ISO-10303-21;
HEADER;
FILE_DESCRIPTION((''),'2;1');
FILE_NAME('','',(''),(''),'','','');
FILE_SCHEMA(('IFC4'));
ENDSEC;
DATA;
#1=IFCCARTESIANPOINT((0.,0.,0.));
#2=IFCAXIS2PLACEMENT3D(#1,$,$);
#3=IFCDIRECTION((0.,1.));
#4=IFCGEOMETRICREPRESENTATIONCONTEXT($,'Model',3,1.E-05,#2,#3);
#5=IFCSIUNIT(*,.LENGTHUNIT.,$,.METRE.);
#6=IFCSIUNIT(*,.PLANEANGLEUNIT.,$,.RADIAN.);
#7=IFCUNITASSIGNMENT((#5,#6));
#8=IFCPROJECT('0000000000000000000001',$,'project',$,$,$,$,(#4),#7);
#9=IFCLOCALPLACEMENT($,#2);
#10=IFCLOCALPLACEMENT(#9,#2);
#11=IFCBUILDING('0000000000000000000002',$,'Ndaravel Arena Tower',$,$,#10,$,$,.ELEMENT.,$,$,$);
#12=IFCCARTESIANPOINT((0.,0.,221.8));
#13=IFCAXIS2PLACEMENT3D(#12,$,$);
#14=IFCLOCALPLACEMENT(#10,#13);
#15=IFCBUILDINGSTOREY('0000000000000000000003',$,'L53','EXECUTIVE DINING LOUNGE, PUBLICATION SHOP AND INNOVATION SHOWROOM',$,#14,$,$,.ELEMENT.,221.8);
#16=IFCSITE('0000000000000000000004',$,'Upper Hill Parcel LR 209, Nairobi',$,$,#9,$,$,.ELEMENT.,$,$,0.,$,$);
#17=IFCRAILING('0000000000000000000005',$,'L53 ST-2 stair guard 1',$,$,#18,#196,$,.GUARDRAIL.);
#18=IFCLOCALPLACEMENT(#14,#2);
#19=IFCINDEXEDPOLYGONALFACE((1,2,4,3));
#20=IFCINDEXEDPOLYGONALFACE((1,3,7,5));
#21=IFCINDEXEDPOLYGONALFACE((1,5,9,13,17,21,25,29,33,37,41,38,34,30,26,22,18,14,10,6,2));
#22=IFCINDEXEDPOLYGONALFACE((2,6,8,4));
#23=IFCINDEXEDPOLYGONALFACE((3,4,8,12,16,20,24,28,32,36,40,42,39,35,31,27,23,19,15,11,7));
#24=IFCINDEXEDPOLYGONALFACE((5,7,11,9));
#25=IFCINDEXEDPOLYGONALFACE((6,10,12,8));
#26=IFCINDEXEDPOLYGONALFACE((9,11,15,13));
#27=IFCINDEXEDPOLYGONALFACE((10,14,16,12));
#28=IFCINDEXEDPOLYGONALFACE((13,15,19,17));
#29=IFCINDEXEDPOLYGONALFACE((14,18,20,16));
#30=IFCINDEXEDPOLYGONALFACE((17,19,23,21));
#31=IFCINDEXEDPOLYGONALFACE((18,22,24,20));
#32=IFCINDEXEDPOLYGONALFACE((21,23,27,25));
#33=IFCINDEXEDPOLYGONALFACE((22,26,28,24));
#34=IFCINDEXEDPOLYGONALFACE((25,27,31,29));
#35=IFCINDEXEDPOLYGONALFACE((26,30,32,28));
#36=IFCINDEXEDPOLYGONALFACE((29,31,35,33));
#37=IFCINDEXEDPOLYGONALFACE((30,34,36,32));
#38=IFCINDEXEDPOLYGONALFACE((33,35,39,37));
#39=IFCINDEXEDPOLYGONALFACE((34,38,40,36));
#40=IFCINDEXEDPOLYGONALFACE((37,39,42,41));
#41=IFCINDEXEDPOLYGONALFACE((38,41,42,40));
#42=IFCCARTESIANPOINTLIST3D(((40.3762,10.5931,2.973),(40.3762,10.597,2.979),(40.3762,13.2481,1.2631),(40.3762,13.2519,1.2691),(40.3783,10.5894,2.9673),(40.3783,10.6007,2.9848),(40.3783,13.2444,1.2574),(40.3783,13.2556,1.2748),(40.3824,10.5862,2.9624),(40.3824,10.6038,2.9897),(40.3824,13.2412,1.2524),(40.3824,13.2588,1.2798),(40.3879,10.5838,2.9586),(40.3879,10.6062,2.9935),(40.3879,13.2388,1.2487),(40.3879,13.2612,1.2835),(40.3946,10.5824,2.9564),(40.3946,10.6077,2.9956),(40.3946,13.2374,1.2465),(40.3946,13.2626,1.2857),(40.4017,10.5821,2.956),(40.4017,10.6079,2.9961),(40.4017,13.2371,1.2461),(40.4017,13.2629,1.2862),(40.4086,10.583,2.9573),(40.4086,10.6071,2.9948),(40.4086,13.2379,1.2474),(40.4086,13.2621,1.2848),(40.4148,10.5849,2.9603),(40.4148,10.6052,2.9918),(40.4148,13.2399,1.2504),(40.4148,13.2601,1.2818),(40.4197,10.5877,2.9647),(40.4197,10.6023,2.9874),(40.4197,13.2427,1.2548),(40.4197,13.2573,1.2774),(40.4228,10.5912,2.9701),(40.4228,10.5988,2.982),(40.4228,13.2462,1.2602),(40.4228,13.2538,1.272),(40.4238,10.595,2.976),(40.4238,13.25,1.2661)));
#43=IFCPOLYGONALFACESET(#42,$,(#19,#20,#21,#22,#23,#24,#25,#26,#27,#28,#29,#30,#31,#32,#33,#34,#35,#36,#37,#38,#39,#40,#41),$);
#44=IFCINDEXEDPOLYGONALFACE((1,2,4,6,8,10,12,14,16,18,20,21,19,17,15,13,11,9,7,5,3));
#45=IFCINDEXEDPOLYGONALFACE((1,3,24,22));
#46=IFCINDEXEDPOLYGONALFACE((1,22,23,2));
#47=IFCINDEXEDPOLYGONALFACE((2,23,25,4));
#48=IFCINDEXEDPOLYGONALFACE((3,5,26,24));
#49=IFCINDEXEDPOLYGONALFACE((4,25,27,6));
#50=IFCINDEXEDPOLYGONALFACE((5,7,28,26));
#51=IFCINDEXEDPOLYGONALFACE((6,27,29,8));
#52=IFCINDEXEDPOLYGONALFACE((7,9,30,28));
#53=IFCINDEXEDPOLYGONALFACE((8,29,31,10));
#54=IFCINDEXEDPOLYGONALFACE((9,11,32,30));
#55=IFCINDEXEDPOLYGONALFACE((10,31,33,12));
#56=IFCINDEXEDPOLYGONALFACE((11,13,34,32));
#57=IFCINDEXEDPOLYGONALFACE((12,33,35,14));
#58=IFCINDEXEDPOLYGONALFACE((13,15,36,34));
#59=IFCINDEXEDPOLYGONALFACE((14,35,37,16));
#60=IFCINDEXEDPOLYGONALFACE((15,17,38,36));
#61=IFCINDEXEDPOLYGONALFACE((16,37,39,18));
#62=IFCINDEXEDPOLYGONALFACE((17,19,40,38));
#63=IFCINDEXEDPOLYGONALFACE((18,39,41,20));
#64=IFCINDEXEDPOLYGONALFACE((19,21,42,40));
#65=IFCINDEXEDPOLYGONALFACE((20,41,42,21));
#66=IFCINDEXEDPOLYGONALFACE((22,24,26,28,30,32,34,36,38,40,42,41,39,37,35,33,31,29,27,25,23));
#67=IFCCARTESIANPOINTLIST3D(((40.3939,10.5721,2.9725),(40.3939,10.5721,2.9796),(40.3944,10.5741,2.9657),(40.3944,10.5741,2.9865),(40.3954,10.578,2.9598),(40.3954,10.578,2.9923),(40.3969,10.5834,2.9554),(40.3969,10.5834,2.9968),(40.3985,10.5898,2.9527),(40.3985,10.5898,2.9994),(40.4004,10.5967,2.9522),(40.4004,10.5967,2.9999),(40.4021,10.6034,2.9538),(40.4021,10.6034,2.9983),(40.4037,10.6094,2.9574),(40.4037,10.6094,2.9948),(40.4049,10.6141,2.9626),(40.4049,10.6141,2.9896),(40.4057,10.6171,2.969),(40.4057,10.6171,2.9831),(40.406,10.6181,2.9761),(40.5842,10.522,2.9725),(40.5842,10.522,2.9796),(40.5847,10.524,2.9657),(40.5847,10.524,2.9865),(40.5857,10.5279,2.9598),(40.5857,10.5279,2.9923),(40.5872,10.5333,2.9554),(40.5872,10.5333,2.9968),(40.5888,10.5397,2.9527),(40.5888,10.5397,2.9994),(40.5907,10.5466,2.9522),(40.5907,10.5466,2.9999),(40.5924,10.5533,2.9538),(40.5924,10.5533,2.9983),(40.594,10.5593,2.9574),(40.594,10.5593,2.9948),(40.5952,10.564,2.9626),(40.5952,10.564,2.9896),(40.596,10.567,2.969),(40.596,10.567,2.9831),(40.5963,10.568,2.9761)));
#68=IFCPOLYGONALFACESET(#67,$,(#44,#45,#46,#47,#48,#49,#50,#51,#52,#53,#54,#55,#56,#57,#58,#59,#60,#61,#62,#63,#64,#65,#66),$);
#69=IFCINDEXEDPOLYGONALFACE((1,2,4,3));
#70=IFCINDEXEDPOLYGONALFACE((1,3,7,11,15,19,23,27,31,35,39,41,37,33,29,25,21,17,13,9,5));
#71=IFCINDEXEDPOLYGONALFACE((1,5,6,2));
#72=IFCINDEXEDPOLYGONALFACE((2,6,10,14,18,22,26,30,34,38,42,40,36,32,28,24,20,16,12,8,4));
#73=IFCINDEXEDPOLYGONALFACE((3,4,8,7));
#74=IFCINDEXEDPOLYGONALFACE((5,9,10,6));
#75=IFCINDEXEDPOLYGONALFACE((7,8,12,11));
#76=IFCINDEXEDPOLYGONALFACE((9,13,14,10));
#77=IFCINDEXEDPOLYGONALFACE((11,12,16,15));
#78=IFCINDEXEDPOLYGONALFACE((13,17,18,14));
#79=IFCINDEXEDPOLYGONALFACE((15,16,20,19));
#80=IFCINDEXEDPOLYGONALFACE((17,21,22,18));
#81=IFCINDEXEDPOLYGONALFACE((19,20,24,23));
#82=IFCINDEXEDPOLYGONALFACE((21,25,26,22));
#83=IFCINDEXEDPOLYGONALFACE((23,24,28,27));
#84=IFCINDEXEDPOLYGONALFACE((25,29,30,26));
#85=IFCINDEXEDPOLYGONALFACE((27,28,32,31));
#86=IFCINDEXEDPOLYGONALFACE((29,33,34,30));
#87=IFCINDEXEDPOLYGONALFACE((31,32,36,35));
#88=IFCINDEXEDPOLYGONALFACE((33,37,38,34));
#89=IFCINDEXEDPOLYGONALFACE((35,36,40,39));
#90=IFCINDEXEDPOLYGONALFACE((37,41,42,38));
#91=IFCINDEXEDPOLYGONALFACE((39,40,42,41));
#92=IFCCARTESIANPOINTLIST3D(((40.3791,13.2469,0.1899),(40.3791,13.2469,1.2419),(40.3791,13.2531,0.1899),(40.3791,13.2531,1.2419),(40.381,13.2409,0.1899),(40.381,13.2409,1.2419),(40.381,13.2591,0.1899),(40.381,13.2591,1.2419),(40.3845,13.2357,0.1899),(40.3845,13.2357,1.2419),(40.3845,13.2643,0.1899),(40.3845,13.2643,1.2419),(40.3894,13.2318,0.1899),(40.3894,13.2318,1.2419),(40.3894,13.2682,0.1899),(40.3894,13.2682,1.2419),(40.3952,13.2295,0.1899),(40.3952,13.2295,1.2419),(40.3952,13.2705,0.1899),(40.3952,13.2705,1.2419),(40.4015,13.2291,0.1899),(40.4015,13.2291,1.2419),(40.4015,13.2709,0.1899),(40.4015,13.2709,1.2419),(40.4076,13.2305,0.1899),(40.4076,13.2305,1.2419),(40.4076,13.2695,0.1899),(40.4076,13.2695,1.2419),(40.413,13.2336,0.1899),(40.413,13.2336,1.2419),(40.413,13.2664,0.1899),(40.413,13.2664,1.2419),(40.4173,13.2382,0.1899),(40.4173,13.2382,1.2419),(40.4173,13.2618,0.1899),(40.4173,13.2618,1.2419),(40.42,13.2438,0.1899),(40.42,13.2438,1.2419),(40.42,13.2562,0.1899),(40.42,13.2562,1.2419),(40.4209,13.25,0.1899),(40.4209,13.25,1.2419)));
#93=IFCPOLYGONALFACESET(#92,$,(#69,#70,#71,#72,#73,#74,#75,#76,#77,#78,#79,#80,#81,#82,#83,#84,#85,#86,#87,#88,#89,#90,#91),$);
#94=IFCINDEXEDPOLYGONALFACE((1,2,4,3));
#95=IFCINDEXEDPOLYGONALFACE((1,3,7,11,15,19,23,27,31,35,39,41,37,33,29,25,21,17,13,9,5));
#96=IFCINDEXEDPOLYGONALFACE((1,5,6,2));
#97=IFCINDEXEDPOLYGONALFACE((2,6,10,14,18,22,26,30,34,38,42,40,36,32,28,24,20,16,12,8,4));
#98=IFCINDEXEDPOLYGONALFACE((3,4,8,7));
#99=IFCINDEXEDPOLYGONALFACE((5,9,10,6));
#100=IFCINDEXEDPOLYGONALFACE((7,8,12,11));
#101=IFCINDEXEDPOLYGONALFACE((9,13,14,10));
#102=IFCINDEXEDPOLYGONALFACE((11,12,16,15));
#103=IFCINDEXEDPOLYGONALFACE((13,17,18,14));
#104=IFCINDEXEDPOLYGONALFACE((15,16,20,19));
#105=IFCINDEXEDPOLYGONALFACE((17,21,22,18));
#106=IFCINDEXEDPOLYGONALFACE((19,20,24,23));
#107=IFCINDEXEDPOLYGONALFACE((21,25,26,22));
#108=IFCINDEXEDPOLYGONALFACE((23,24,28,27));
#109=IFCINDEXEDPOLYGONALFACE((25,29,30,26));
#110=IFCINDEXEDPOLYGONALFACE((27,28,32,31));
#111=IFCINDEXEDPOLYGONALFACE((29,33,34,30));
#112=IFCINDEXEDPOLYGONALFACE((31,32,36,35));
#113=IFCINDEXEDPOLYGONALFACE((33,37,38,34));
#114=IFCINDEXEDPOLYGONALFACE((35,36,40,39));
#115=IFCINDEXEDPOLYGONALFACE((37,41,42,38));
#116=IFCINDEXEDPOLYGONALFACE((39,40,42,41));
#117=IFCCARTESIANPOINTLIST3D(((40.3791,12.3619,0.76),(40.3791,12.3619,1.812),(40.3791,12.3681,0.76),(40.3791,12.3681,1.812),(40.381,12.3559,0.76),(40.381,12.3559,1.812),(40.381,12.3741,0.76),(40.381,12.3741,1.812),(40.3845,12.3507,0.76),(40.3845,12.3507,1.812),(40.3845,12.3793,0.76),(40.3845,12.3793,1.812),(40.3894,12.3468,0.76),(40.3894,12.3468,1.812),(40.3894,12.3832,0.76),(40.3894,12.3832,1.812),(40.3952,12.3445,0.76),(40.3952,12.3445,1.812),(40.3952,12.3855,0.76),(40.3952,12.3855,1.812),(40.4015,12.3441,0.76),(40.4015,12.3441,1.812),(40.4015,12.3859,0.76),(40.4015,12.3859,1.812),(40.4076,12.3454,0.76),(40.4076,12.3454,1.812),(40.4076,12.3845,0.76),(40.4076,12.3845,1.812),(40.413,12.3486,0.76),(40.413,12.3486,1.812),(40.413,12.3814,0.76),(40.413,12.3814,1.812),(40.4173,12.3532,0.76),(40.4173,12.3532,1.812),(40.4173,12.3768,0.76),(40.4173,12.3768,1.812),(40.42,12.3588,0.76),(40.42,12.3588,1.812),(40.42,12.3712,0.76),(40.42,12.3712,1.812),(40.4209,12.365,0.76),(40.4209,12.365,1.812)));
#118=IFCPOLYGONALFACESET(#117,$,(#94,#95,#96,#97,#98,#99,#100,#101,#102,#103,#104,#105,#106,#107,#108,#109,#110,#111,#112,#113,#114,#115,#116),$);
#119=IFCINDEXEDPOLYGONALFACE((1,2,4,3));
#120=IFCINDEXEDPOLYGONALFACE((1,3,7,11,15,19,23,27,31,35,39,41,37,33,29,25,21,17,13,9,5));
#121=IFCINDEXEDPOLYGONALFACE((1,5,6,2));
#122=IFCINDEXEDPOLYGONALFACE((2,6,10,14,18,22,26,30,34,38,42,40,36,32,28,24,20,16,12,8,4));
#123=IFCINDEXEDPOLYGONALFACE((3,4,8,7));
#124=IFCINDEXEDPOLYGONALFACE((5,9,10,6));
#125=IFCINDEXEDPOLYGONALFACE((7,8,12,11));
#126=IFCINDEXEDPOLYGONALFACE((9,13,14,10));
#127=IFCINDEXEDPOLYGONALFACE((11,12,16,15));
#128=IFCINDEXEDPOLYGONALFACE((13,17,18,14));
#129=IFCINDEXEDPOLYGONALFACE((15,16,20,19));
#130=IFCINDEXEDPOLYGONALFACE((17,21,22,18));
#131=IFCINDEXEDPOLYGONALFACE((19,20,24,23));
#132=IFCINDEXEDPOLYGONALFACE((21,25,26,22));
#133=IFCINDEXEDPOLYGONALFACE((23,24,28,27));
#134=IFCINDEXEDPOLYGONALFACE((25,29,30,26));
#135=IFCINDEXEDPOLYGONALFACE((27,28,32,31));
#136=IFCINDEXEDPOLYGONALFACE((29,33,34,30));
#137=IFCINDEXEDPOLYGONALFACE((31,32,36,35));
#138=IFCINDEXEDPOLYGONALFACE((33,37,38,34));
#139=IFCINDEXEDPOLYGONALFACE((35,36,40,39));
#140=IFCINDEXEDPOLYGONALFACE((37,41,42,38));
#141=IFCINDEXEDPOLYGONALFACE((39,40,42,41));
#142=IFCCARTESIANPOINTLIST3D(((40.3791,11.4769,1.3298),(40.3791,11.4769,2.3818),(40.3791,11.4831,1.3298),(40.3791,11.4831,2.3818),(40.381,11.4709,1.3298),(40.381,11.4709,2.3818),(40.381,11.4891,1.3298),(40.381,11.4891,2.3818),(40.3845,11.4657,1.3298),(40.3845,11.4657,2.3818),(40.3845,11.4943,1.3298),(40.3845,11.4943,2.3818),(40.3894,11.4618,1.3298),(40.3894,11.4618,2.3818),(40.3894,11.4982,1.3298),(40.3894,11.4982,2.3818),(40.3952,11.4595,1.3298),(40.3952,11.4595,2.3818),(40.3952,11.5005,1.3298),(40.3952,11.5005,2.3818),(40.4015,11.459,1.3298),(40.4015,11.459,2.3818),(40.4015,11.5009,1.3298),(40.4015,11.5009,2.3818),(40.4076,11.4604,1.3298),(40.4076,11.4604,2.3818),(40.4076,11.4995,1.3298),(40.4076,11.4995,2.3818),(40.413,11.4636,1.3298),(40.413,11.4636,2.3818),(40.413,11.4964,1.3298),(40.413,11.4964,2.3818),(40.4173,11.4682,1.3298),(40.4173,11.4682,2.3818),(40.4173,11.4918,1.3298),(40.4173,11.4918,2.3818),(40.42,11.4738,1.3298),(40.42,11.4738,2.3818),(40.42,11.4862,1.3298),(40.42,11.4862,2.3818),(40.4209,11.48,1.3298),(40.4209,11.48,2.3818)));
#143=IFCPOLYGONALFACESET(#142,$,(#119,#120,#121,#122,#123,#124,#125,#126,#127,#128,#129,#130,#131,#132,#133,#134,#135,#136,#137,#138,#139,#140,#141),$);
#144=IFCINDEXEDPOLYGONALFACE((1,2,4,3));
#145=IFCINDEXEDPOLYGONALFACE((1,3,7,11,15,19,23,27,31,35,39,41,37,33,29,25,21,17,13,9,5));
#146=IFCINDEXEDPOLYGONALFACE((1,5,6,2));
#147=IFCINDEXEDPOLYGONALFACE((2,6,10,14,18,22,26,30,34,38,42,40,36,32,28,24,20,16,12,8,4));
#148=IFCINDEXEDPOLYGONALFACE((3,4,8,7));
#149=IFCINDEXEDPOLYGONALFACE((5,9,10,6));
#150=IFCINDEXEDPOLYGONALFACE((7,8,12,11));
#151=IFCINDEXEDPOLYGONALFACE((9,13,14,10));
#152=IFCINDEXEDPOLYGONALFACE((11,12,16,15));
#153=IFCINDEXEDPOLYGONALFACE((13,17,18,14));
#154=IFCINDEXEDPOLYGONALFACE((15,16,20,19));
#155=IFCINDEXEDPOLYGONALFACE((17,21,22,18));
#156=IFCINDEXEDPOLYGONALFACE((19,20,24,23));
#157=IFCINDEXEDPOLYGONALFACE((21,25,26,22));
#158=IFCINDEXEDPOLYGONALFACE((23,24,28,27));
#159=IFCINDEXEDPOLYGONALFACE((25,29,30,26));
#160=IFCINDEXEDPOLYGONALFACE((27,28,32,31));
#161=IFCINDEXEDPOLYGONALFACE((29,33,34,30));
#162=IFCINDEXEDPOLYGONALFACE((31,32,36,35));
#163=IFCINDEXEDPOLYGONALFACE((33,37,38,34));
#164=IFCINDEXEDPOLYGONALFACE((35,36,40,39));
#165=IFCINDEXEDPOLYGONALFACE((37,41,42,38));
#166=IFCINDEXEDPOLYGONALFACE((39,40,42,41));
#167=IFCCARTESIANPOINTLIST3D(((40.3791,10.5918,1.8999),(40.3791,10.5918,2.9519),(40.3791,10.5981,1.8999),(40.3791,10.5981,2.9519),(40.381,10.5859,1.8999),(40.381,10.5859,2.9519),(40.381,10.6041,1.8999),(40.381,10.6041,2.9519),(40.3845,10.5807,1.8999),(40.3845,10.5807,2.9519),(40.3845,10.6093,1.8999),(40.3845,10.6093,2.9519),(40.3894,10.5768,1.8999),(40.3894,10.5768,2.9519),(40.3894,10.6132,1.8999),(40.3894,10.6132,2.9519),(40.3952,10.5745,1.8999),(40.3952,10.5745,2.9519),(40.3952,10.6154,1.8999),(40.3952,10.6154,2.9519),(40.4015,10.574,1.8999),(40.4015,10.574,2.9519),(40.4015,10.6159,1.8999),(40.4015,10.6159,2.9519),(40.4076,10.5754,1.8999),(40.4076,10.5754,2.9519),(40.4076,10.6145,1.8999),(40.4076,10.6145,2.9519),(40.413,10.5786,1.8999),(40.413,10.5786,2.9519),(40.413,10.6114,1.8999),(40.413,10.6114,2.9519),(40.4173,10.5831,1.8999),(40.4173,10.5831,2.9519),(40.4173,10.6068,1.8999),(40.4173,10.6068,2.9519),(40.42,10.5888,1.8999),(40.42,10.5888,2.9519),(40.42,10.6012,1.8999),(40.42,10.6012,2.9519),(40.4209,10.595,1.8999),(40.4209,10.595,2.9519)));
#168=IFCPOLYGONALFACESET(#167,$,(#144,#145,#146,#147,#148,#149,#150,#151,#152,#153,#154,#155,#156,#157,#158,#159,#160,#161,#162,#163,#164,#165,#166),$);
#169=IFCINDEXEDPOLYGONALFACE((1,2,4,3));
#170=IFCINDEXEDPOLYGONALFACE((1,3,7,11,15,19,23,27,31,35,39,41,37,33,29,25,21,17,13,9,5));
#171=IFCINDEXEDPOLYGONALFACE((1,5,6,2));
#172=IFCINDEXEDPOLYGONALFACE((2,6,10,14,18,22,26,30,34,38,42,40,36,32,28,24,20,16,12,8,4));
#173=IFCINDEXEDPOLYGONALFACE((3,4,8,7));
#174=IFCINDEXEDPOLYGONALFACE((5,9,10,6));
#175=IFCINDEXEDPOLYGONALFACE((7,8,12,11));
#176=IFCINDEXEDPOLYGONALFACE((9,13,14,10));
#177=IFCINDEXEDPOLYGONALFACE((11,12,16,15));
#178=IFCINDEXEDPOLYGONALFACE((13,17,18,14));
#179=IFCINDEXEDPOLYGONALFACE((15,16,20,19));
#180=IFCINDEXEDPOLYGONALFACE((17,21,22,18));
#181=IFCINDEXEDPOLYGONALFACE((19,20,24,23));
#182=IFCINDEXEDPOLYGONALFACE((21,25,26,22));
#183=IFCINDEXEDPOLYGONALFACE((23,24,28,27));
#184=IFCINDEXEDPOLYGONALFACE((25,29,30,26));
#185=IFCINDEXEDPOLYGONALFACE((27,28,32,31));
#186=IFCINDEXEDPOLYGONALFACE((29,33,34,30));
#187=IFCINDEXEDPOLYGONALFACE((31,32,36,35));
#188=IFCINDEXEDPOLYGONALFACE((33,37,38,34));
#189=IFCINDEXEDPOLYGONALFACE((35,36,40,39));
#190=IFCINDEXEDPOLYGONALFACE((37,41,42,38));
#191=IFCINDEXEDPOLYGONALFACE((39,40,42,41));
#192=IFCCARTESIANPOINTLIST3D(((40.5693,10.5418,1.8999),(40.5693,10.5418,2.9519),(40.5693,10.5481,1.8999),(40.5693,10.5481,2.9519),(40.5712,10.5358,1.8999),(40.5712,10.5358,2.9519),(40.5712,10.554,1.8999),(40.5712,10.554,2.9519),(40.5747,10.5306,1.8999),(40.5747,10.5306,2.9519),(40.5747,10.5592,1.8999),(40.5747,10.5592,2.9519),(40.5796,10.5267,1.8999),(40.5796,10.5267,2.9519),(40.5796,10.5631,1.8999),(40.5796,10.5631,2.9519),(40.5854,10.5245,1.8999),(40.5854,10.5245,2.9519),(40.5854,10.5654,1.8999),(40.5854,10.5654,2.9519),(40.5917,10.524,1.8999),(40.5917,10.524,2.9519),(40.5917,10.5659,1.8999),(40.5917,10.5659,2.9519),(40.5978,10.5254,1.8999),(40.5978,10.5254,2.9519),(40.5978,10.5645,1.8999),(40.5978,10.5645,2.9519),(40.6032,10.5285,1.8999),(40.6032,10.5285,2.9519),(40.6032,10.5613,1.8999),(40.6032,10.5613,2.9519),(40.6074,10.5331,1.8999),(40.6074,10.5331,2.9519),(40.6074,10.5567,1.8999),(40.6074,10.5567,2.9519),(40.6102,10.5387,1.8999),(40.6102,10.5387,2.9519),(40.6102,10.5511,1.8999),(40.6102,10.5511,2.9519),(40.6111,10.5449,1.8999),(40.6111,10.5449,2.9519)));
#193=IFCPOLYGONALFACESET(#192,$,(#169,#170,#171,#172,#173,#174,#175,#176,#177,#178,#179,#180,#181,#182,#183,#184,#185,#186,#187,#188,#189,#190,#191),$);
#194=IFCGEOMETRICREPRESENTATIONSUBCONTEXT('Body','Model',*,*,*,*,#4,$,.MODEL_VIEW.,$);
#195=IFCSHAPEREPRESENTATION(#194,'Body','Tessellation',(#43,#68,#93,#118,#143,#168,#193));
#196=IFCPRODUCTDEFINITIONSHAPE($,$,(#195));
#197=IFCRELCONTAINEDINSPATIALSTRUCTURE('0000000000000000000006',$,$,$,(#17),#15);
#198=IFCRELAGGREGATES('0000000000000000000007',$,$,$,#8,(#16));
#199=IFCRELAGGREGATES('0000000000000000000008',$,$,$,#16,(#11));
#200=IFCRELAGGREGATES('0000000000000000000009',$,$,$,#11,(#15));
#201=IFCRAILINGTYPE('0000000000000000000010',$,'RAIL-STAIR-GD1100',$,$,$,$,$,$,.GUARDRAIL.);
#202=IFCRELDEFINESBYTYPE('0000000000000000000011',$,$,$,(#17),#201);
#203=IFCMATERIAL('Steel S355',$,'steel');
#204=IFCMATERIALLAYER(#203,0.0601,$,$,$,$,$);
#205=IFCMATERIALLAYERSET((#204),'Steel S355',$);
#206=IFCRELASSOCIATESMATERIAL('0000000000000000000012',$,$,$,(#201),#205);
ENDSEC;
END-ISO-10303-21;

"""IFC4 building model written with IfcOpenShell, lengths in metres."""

from ifc_helpers import new_model, si_unit, direction, frame, origin, origin_2d, place, context, subcontext, project, spatial, circle, extrude, material, layer, layer_set, type_object, element, save


model = new_model("IFC4")

# Units and contexts
model_context = context("Model", 3, precision=1e-05, world=origin(), true_north=direction((0.0, 1.0)))
body_context = subcontext(model_context, "Body", "Model", "MODEL_VIEW")
ifc_project = project(units=[si_unit("LENGTHUNIT", "METRE"), si_unit("PLANEANGLEUNIT", "RADIAN")], contexts=[model_context])

# Site, building, storey
site_placement = place(None, origin())
site = spatial("IfcSite", under=ifc_project, at=site_placement, Name="Upper Hill Parcel LR 209, Nairobi", CompositionType="ELEMENT", RefElevation=0.0)
building_placement = place(site_placement, origin())
building = spatial("IfcBuilding", under=site, at=building_placement, Name="Ndaravel Arena Tower", CompositionType="ELEMENT")
storey_placement = place(building_placement, frame((0.0, 0.0, 221.8)))
storey = spatial("IfcBuildingStorey", under=building, at=storey_placement, Name="L53", Description="EXECUTIVE DINING LOUNGE, PUBLICATION SHOP AND INNOVATION SHOWROOM", CompositionType="ELEMENT", Elevation=221.8)

# Railing
ifc_material_1 = material(Name="Steel S355", Category="steel")
ifc_layer_1 = layer(ifc_material_1, 0.0601)
ifc_layer_set_1 = layer_set([ifc_layer_1], Name="Steel S355")
railing_type_1 = type_object("IfcRailingType", Name="RAIL-STAIR-GD1100", PredefinedType="GUARDRAIL", material=ifc_layer_set_1)
railing_1_placement = place(storey_placement, frame((40.3999, 13.25, 0.1899)))
element("IfcRailing", 1, at=railing_1_placement, inside=storey, type_object=railing_type_1, Name="L53 ST-2 stair guard 1", PredefinedType="GUARDRAIL", context=body_context, shape_type="SweptSolid", body=[
    extrude(circle(Radius=0.0239, at=origin_2d()), frame((0.0, 0.0, 1.0762), z_axis=(0.0, -0.840724, 0.541465), x_axis=(1.0, 0.0, 0.0)), (0.0, 0.0, 1.0), 3.158),
    extrude(circle(Radius=0.0239, at=origin_2d()), frame((0.0, -2.655, 2.7861), z_axis=(0.967075, -0.254493, 0.0), x_axis=(0.254493, 0.967075, 0.0)), (0.0, 0.0, 1.0), 0.1968),
    extrude(circle(Radius=0.021, at=origin_2d()), origin(), (0.0, 0.0, 1.0), 1.052),
    extrude(circle(Radius=0.021, at=origin_2d()), frame((0.0, -0.885, 0.5701)), (0.0, 0.0, 1.0), 1.052),
    extrude(circle(Radius=0.021, at=origin_2d()), frame((0.0, -1.77, 1.1399)), (0.0, 0.0, 1.0), 1.052),
    extrude(circle(Radius=0.021, at=origin_2d()), frame((0.0, -2.655, 1.71)), (0.0, 0.0, 1.0), 1.052),
    extrude(circle(Radius=0.021, at=origin_2d()), frame((0.1902, -2.7051, 1.71)), (0.0, 0.0, 1.0), 1.052),
])

save(model, "model.ifc")
